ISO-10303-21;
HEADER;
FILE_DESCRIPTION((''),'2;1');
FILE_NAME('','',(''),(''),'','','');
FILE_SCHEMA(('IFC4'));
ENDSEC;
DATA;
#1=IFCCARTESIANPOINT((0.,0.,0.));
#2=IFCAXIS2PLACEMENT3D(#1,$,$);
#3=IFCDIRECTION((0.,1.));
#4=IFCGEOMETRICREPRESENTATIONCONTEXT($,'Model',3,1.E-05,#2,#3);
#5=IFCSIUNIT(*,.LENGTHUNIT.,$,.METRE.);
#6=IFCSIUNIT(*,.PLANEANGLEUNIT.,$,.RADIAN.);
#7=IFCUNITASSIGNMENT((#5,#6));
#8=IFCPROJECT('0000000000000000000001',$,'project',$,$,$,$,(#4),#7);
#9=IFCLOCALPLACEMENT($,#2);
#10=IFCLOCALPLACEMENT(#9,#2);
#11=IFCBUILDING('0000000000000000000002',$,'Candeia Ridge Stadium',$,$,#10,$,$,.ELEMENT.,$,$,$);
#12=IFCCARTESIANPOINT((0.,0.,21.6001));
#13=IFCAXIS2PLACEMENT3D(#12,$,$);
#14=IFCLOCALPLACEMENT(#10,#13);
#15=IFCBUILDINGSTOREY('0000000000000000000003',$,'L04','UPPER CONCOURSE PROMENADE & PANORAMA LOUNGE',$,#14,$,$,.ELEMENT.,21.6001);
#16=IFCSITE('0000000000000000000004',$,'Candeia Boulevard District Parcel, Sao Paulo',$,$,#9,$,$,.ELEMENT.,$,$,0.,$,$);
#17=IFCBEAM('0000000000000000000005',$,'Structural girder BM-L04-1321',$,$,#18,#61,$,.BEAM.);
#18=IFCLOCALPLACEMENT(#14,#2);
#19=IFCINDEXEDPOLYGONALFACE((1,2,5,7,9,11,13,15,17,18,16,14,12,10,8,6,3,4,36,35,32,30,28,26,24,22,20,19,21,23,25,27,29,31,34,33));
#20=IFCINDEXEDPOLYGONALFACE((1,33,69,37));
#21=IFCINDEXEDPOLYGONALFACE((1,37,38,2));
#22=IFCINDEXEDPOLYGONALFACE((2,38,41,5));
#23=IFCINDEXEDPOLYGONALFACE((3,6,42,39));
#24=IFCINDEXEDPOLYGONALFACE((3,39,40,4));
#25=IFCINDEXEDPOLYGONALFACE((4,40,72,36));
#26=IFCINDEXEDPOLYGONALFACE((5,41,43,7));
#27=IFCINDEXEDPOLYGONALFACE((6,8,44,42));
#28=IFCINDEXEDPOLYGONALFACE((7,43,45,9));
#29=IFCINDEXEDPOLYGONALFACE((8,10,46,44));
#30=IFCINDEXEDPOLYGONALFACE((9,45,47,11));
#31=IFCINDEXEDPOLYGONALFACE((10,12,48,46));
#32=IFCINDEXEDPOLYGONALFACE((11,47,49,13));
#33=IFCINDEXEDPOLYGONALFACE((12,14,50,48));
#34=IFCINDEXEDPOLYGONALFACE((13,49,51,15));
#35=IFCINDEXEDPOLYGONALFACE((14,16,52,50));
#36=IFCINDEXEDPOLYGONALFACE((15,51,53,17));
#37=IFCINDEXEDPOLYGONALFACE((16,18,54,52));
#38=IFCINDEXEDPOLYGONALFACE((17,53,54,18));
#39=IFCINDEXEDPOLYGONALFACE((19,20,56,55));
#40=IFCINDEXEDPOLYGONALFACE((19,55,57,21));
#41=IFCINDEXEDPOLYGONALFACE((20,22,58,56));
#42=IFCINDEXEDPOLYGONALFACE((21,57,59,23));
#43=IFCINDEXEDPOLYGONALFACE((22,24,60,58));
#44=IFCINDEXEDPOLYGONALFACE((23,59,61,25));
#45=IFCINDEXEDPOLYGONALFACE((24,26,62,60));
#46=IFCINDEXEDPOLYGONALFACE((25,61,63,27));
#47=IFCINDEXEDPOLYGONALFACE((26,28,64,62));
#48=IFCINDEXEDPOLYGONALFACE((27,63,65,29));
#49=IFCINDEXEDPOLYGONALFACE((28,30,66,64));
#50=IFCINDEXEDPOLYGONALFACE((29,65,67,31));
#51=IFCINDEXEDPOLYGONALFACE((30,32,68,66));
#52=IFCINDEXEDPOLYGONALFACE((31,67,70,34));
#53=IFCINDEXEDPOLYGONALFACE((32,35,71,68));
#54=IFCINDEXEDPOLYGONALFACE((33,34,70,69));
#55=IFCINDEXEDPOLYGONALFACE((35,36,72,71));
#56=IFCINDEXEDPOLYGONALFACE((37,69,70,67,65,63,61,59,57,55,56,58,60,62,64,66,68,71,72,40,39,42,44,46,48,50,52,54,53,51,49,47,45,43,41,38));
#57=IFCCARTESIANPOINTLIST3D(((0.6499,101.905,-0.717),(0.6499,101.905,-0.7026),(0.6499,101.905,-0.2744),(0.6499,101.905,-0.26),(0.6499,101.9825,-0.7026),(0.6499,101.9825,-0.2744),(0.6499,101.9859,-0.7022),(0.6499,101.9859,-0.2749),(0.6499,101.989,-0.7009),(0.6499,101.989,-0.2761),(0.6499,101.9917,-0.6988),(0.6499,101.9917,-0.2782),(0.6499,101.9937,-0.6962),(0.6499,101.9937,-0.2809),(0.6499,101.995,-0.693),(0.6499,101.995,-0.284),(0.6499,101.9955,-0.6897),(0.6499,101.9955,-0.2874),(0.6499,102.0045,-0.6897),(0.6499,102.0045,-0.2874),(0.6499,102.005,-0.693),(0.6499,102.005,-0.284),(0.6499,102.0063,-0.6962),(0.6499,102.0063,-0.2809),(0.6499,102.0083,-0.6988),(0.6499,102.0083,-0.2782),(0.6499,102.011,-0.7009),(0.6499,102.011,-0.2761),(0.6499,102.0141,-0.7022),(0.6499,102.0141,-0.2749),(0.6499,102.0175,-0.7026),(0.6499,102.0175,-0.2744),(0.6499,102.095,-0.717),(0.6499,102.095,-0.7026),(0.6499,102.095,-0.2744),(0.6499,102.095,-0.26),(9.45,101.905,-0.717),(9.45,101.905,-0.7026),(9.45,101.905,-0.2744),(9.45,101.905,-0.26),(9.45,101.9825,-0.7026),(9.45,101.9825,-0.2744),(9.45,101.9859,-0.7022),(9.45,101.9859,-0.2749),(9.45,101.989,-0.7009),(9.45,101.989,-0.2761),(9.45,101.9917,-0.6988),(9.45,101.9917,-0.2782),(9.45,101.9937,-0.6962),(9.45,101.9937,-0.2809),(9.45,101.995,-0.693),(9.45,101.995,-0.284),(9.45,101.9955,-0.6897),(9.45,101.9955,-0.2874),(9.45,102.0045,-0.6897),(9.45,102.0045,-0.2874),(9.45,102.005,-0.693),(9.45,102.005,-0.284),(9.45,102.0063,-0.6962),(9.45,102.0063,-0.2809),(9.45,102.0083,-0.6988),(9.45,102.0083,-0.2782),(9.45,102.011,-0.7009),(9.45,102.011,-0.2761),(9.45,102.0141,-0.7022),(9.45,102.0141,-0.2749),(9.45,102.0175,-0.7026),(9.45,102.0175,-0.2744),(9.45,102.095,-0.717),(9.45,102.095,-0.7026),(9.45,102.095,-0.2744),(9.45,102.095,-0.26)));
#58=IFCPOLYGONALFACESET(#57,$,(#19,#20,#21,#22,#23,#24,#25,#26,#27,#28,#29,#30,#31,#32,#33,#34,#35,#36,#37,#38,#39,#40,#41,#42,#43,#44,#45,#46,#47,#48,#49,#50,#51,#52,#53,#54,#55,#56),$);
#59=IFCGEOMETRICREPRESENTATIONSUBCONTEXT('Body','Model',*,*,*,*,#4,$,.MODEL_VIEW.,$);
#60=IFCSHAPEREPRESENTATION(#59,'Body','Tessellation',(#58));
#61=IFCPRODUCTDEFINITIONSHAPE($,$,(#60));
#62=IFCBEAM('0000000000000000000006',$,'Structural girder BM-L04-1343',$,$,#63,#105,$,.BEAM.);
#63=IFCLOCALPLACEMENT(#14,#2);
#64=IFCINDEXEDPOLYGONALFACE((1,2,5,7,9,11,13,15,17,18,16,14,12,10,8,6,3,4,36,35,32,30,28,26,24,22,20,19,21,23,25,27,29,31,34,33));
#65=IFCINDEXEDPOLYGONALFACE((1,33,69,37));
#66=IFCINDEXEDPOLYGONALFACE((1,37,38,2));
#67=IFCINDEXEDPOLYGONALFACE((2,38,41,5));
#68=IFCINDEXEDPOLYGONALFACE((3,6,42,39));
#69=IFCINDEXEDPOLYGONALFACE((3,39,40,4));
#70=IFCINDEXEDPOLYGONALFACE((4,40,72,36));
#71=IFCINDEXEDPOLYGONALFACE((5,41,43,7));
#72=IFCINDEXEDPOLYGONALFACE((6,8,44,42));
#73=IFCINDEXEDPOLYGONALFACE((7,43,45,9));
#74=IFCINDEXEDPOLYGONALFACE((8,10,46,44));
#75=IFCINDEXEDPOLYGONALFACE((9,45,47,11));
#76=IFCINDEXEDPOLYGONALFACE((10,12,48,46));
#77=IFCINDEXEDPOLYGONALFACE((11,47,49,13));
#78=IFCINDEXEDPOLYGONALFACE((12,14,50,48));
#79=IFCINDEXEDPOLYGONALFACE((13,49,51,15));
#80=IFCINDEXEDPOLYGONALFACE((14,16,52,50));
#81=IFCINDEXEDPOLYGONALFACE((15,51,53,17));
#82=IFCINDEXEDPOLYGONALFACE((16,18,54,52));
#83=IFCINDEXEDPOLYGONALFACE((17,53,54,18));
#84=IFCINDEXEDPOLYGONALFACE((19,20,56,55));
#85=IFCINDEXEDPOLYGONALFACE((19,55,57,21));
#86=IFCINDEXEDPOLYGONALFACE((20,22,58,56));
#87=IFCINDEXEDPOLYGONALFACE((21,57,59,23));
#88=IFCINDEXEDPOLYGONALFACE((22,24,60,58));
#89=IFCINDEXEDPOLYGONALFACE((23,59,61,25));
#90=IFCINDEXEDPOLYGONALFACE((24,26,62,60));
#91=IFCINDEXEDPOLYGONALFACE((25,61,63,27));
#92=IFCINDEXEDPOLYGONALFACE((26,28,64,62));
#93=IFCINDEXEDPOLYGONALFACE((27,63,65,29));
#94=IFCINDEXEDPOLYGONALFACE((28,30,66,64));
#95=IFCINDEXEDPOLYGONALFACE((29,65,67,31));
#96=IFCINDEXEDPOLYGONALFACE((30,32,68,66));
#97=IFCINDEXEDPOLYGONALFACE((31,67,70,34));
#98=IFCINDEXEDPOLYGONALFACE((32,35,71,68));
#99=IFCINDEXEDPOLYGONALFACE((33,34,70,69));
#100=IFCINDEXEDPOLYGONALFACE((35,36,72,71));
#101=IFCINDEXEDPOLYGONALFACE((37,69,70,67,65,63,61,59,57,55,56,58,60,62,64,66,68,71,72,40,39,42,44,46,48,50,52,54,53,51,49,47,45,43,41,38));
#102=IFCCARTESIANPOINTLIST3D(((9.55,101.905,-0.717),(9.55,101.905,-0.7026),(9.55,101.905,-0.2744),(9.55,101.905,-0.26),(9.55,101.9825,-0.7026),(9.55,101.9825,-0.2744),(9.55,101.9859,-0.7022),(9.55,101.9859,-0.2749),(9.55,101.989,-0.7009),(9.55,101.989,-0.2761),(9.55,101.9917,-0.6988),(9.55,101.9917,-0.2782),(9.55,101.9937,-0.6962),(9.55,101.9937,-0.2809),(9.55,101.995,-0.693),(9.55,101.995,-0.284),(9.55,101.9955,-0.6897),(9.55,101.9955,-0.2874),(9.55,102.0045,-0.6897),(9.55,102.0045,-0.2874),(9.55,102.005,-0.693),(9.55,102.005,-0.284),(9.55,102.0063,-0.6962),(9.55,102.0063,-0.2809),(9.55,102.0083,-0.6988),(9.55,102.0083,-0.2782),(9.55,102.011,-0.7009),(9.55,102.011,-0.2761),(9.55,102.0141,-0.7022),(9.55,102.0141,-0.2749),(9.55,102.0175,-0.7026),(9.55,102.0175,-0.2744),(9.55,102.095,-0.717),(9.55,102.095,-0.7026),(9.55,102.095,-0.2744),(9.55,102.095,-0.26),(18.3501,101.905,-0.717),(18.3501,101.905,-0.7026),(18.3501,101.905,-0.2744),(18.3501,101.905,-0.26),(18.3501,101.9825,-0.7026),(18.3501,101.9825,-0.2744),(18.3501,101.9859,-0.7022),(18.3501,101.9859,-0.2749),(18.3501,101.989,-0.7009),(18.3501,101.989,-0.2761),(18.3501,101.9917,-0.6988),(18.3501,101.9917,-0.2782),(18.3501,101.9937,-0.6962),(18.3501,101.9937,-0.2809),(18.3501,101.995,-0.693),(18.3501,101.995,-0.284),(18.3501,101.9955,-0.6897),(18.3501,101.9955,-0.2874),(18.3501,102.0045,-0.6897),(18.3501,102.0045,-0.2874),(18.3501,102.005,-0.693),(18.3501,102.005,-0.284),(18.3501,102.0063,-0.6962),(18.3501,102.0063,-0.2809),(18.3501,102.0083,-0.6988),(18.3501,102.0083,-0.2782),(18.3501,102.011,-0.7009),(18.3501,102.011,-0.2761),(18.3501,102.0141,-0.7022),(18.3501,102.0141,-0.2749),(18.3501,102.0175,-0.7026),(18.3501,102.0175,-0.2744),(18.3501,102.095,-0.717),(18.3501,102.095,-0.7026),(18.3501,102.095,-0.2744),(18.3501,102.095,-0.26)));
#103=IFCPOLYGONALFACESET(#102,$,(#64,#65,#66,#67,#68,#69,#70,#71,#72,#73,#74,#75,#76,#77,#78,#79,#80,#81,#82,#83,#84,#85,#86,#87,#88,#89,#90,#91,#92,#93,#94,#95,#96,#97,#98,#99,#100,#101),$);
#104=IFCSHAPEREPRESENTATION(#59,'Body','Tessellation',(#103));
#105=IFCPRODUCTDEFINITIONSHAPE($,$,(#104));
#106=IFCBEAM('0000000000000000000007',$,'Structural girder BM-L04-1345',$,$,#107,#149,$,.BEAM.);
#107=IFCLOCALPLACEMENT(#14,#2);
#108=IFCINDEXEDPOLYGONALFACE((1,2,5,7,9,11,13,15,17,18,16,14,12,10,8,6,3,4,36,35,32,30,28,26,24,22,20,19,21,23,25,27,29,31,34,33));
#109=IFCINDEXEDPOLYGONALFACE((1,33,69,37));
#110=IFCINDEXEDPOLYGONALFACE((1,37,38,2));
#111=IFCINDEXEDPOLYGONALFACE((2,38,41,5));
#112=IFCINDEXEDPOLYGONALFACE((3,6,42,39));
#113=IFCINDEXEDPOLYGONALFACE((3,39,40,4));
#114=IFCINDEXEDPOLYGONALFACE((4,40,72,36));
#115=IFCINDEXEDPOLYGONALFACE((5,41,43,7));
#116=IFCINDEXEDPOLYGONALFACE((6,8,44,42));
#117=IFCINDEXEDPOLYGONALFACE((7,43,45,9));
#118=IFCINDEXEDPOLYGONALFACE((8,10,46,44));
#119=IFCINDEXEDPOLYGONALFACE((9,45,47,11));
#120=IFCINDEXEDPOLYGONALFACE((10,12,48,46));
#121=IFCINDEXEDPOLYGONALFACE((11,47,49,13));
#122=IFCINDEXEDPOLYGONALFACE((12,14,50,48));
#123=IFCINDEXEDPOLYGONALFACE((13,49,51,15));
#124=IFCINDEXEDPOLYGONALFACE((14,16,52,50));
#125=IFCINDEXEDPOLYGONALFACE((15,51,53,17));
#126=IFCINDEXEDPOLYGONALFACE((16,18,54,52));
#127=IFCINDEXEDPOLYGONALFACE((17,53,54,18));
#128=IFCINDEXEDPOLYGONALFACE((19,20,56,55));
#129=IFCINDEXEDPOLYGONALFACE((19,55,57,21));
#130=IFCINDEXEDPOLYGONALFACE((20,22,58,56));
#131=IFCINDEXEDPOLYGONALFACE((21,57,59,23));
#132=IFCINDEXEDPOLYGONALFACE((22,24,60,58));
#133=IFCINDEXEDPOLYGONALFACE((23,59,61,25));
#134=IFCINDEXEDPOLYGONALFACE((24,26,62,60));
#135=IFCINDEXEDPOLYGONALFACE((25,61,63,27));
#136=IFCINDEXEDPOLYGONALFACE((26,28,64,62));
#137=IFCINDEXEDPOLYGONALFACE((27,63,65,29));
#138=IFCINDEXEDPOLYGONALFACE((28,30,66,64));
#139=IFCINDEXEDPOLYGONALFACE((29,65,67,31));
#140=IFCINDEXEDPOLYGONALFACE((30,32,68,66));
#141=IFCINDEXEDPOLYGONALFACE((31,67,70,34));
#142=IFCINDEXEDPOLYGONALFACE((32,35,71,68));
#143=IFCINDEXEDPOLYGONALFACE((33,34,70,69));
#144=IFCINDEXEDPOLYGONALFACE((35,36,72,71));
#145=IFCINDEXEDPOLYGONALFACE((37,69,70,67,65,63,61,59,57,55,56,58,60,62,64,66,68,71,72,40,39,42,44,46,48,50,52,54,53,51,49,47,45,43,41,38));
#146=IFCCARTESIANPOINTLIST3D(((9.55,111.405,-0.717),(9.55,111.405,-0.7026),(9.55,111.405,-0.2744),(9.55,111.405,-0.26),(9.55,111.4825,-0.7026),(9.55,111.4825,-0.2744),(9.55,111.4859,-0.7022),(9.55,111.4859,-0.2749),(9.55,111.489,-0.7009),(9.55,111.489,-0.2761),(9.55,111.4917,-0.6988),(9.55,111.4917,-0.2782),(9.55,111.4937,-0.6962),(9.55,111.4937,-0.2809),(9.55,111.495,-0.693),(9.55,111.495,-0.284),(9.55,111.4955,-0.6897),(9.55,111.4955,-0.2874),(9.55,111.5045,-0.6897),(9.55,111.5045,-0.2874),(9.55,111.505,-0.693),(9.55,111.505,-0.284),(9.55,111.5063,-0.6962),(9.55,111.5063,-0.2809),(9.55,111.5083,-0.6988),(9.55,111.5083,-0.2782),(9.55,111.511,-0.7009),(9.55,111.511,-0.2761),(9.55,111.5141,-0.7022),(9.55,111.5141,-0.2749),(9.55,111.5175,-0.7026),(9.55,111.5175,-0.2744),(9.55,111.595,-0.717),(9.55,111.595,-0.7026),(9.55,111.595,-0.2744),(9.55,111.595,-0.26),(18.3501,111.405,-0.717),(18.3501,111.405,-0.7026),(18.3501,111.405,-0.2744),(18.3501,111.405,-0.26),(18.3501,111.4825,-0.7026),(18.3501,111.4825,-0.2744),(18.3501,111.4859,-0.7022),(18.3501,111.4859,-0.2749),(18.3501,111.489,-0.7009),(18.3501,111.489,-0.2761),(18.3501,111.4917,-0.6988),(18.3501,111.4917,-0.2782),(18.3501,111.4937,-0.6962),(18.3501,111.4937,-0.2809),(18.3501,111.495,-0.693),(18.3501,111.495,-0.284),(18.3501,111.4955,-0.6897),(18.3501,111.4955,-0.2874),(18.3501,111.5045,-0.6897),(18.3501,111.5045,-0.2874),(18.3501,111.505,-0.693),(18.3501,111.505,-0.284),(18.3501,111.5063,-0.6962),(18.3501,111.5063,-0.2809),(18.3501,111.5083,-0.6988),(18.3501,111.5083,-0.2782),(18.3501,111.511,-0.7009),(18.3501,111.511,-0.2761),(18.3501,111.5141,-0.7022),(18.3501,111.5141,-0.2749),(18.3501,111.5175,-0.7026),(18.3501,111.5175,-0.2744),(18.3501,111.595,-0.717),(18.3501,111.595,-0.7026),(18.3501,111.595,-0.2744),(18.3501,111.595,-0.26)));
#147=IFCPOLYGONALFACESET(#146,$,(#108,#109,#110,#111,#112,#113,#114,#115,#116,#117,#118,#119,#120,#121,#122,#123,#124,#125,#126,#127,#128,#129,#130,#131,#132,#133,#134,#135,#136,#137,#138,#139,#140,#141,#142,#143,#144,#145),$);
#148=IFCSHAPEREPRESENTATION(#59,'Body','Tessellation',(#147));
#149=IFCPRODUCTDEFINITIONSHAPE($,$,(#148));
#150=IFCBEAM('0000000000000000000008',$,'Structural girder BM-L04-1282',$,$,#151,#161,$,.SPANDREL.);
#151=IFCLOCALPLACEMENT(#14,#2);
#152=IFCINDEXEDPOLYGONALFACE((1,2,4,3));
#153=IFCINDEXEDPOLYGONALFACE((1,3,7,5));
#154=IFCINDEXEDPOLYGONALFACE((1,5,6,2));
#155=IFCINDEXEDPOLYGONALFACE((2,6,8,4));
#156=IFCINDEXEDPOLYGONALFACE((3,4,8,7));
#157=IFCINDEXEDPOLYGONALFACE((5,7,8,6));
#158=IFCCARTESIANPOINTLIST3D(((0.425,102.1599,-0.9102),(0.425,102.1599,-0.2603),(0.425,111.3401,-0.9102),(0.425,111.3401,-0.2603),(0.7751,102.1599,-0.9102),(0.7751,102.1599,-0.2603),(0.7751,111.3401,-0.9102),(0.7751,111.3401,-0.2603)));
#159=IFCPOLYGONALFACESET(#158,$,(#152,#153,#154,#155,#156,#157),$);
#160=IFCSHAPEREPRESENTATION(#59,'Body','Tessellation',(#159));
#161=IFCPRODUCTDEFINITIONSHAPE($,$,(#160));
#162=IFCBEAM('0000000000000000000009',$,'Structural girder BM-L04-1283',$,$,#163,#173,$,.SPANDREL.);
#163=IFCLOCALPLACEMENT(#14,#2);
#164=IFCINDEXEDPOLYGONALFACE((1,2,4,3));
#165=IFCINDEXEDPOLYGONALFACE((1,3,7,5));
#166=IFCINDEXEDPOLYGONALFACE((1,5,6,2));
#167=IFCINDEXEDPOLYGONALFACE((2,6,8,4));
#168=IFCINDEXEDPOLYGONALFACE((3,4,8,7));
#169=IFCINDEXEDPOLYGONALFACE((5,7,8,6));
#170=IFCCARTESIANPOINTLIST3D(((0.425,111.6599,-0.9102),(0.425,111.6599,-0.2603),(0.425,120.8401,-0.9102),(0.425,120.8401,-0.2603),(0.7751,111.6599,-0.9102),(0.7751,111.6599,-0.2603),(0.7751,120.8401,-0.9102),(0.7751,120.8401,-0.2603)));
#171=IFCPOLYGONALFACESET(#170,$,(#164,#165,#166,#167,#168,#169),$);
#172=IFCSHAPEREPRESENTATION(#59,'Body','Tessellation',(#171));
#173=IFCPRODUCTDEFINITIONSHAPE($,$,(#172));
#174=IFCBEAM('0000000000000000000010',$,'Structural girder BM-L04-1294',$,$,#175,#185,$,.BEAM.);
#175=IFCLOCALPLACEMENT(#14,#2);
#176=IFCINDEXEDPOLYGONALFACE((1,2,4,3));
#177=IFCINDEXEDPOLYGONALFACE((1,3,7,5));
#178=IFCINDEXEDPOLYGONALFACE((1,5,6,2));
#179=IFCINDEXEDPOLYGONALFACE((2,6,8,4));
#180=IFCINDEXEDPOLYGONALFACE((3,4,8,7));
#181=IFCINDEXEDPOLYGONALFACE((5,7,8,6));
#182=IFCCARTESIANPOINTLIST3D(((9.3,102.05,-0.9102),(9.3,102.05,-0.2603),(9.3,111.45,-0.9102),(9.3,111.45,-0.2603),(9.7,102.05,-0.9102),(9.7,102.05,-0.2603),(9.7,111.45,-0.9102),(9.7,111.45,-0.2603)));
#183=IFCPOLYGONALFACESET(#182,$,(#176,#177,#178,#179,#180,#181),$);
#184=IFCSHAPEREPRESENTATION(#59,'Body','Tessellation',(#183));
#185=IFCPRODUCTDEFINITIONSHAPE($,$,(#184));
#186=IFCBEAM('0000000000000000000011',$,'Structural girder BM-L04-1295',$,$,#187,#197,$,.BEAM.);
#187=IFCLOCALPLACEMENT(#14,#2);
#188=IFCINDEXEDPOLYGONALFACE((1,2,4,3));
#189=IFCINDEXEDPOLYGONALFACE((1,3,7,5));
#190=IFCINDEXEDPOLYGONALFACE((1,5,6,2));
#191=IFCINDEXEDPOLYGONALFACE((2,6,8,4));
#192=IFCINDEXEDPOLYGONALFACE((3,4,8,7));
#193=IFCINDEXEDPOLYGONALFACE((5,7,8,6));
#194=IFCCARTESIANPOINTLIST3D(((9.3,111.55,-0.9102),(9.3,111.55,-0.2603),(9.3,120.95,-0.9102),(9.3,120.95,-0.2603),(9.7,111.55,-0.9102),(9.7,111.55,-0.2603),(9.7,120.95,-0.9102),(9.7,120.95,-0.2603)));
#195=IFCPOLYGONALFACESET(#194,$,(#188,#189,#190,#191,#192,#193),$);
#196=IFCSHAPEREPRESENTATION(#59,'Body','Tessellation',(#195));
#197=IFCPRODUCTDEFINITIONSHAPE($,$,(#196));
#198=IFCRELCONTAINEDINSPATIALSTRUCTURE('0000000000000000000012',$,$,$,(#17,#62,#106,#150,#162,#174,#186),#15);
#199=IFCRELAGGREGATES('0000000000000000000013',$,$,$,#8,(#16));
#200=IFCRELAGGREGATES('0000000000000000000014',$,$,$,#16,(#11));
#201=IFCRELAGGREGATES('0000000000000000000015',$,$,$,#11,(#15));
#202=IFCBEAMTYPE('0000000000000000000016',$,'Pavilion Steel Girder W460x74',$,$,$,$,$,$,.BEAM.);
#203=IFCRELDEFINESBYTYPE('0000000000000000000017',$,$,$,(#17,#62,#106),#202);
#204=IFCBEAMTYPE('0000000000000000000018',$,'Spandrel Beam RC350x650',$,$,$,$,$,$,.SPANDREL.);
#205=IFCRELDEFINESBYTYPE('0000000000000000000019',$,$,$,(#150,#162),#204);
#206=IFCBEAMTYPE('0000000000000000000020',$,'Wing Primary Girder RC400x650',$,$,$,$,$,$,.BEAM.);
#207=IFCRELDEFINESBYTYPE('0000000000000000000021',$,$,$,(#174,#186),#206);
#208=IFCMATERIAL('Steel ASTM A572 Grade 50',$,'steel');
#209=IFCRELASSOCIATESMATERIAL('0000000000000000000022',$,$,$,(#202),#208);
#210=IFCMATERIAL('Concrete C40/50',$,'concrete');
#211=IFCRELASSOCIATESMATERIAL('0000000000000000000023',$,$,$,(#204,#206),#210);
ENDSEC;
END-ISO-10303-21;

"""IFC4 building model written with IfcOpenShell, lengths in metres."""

from ifc_helpers import new_model, si_unit, direction, frame, origin, origin_2d, place, context, subcontext, project, spatial, rectangle, i_section, extrude, material, material_profile, profile_set, type_object, element, save


model = new_model("IFC4")

# Units and contexts
model_context = context("Model", 3, precision=1e-05, world=origin(), true_north=direction((0.0, 1.0)))
body_context = subcontext(model_context, "Body", "Model", "MODEL_VIEW")
ifc_project = project(units=[si_unit("LENGTHUNIT", "METRE"), si_unit("PLANEANGLEUNIT", "RADIAN")], contexts=[model_context])

# Site, building, storey
site_placement = place(None, origin())
site = spatial("IfcSite", under=ifc_project, at=site_placement, Name="Candeia Boulevard District Parcel, Sao Paulo", CompositionType="ELEMENT", RefElevation=0.0)
building_placement = place(site_placement, origin())
building = spatial("IfcBuilding", under=site, at=building_placement, Name="Candeia Ridge Stadium", CompositionType="ELEMENT")
storey_placement = place(building_placement, frame((0.0, 0.0, 21.6001)))
storey = spatial("IfcBuildingStorey", under=building, at=storey_placement, Name="L04", Description="UPPER CONCOURSE PROMENADE & PANORAMA LOUNGE", CompositionType="ELEMENT", Elevation=21.6001)

# Shared definitions
ifc_material_1 = material(Name="Concrete C40/50", Category="concrete")

# Beams
ifc_material_2 = material(Name="Steel ASTM A572 Grade 50", Category="steel")
ifc_material_profile_1 = material_profile(ifc_material_2, i_section(OverallWidth=0.1899, OverallDepth=0.457, WebThickness=0.009, FlangeThickness=0.0144, FilletRadius=0.0129, at=origin_2d()), Name="W460x74", Category="steel")
ifc_profile_set_1 = profile_set([ifc_material_profile_1], Name="Steel ASTM A572 Grade 50")
beam_type_1 = type_object("IfcBeamType", Name="Pavilion Steel Girder W460x74", PredefinedType="BEAM", material=ifc_profile_set_1)
for number, where, z_axis, x_axis, name in (
    (1, (0.6499, 102.0, -0.4885), (1.0, 0.0, 0.0), (0.0, 1.0, 0.0), "Structural girder BM-L04-1321"),
    (2, (9.55, 102.0, -0.4885), (1.0, 0.0, 0.0), (0.0, 1.0, 0.0), "Structural girder BM-L04-1343"),
    (3, (9.55, 111.5, -0.4885), (1.0, 0.0, 0.0), (0.0, 1.0, 0.0), "Structural girder BM-L04-1345"),
):
    element("IfcBeam", number, at=place(storey_placement, frame(where, z_axis=z_axis, x_axis=x_axis)), inside=storey, type_object=beam_type_1, Name=name, PredefinedType="BEAM", context=body_context, shape_type="SweptSolid", body=[
        extrude(i_section(OverallWidth=0.1899, OverallDepth=0.457, WebThickness=0.009, FlangeThickness=0.0144, FilletRadius=0.0129, at=origin_2d()), origin(), (0.0, 0.0, 1.0), 8.8),
    ])
ifc_material_profile_2 = material_profile(ifc_material_1, rectangle(XDim=0.3501, YDim=0.6499, at=origin_2d()), Name="RC350x650", Category="concrete")
ifc_profile_set_2 = profile_set([ifc_material_profile_2], Name="Concrete C40/50")
beam_type_2 = type_object("IfcBeamType", Name="Spandrel Beam RC350x650", PredefinedType="SPANDREL", material=ifc_profile_set_2)
for number, where, z_axis, x_axis, name in (
    (4, (0.6001, 102.1599, -0.5852), (0.0, 1.0, 0.0), (-1.0, 0.0, 0.0), "Structural girder BM-L04-1282"),
    (5, (0.6001, 111.6599, -0.5852), (0.0, 1.0, 0.0), (-1.0, 0.0, 0.0), "Structural girder BM-L04-1283"),
):
    element("IfcBeam", number, at=place(storey_placement, frame(where, z_axis=z_axis, x_axis=x_axis)), inside=storey, type_object=beam_type_2, Name=name, PredefinedType="SPANDREL", context=body_context, shape_type="SweptSolid", body=[
        extrude(rectangle(XDim=0.3501, YDim=0.6499, at=origin_2d()), origin(), (0.0, 0.0, 1.0), 9.1802),
    ])
ifc_material_profile_3 = material_profile(ifc_material_1, rectangle(XDim=0.3999, YDim=0.6499, at=origin_2d()), Name="RC400x650", Category="concrete")
ifc_profile_set_3 = profile_set([ifc_material_profile_3], Name="Concrete C40/50")
beam_type_3 = type_object("IfcBeamType", Name="Wing Primary Girder RC400x650", PredefinedType="BEAM", material=ifc_profile_set_3)
for number, where, z_axis, x_axis, name in (
    (6, (9.5, 102.05, -0.5852), (0.0, 1.0, 0.0), (-1.0, 0.0, 0.0), "Structural girder BM-L04-1294"),
    (7, (9.5, 111.55, -0.5852), (0.0, 1.0, 0.0), (-1.0, 0.0, 0.0), "Structural girder BM-L04-1295"),
):
    element("IfcBeam", number, at=place(storey_placement, frame(where, z_axis=z_axis, x_axis=x_axis)), inside=storey, type_object=beam_type_3, Name=name, PredefinedType="BEAM", context=body_context, shape_type="SweptSolid", body=[
        extrude(rectangle(XDim=0.3999, YDim=0.6499, at=origin_2d()), origin(), (0.0, 0.0, 1.0), 9.3999),
    ])

save(model, "model.ifc")
